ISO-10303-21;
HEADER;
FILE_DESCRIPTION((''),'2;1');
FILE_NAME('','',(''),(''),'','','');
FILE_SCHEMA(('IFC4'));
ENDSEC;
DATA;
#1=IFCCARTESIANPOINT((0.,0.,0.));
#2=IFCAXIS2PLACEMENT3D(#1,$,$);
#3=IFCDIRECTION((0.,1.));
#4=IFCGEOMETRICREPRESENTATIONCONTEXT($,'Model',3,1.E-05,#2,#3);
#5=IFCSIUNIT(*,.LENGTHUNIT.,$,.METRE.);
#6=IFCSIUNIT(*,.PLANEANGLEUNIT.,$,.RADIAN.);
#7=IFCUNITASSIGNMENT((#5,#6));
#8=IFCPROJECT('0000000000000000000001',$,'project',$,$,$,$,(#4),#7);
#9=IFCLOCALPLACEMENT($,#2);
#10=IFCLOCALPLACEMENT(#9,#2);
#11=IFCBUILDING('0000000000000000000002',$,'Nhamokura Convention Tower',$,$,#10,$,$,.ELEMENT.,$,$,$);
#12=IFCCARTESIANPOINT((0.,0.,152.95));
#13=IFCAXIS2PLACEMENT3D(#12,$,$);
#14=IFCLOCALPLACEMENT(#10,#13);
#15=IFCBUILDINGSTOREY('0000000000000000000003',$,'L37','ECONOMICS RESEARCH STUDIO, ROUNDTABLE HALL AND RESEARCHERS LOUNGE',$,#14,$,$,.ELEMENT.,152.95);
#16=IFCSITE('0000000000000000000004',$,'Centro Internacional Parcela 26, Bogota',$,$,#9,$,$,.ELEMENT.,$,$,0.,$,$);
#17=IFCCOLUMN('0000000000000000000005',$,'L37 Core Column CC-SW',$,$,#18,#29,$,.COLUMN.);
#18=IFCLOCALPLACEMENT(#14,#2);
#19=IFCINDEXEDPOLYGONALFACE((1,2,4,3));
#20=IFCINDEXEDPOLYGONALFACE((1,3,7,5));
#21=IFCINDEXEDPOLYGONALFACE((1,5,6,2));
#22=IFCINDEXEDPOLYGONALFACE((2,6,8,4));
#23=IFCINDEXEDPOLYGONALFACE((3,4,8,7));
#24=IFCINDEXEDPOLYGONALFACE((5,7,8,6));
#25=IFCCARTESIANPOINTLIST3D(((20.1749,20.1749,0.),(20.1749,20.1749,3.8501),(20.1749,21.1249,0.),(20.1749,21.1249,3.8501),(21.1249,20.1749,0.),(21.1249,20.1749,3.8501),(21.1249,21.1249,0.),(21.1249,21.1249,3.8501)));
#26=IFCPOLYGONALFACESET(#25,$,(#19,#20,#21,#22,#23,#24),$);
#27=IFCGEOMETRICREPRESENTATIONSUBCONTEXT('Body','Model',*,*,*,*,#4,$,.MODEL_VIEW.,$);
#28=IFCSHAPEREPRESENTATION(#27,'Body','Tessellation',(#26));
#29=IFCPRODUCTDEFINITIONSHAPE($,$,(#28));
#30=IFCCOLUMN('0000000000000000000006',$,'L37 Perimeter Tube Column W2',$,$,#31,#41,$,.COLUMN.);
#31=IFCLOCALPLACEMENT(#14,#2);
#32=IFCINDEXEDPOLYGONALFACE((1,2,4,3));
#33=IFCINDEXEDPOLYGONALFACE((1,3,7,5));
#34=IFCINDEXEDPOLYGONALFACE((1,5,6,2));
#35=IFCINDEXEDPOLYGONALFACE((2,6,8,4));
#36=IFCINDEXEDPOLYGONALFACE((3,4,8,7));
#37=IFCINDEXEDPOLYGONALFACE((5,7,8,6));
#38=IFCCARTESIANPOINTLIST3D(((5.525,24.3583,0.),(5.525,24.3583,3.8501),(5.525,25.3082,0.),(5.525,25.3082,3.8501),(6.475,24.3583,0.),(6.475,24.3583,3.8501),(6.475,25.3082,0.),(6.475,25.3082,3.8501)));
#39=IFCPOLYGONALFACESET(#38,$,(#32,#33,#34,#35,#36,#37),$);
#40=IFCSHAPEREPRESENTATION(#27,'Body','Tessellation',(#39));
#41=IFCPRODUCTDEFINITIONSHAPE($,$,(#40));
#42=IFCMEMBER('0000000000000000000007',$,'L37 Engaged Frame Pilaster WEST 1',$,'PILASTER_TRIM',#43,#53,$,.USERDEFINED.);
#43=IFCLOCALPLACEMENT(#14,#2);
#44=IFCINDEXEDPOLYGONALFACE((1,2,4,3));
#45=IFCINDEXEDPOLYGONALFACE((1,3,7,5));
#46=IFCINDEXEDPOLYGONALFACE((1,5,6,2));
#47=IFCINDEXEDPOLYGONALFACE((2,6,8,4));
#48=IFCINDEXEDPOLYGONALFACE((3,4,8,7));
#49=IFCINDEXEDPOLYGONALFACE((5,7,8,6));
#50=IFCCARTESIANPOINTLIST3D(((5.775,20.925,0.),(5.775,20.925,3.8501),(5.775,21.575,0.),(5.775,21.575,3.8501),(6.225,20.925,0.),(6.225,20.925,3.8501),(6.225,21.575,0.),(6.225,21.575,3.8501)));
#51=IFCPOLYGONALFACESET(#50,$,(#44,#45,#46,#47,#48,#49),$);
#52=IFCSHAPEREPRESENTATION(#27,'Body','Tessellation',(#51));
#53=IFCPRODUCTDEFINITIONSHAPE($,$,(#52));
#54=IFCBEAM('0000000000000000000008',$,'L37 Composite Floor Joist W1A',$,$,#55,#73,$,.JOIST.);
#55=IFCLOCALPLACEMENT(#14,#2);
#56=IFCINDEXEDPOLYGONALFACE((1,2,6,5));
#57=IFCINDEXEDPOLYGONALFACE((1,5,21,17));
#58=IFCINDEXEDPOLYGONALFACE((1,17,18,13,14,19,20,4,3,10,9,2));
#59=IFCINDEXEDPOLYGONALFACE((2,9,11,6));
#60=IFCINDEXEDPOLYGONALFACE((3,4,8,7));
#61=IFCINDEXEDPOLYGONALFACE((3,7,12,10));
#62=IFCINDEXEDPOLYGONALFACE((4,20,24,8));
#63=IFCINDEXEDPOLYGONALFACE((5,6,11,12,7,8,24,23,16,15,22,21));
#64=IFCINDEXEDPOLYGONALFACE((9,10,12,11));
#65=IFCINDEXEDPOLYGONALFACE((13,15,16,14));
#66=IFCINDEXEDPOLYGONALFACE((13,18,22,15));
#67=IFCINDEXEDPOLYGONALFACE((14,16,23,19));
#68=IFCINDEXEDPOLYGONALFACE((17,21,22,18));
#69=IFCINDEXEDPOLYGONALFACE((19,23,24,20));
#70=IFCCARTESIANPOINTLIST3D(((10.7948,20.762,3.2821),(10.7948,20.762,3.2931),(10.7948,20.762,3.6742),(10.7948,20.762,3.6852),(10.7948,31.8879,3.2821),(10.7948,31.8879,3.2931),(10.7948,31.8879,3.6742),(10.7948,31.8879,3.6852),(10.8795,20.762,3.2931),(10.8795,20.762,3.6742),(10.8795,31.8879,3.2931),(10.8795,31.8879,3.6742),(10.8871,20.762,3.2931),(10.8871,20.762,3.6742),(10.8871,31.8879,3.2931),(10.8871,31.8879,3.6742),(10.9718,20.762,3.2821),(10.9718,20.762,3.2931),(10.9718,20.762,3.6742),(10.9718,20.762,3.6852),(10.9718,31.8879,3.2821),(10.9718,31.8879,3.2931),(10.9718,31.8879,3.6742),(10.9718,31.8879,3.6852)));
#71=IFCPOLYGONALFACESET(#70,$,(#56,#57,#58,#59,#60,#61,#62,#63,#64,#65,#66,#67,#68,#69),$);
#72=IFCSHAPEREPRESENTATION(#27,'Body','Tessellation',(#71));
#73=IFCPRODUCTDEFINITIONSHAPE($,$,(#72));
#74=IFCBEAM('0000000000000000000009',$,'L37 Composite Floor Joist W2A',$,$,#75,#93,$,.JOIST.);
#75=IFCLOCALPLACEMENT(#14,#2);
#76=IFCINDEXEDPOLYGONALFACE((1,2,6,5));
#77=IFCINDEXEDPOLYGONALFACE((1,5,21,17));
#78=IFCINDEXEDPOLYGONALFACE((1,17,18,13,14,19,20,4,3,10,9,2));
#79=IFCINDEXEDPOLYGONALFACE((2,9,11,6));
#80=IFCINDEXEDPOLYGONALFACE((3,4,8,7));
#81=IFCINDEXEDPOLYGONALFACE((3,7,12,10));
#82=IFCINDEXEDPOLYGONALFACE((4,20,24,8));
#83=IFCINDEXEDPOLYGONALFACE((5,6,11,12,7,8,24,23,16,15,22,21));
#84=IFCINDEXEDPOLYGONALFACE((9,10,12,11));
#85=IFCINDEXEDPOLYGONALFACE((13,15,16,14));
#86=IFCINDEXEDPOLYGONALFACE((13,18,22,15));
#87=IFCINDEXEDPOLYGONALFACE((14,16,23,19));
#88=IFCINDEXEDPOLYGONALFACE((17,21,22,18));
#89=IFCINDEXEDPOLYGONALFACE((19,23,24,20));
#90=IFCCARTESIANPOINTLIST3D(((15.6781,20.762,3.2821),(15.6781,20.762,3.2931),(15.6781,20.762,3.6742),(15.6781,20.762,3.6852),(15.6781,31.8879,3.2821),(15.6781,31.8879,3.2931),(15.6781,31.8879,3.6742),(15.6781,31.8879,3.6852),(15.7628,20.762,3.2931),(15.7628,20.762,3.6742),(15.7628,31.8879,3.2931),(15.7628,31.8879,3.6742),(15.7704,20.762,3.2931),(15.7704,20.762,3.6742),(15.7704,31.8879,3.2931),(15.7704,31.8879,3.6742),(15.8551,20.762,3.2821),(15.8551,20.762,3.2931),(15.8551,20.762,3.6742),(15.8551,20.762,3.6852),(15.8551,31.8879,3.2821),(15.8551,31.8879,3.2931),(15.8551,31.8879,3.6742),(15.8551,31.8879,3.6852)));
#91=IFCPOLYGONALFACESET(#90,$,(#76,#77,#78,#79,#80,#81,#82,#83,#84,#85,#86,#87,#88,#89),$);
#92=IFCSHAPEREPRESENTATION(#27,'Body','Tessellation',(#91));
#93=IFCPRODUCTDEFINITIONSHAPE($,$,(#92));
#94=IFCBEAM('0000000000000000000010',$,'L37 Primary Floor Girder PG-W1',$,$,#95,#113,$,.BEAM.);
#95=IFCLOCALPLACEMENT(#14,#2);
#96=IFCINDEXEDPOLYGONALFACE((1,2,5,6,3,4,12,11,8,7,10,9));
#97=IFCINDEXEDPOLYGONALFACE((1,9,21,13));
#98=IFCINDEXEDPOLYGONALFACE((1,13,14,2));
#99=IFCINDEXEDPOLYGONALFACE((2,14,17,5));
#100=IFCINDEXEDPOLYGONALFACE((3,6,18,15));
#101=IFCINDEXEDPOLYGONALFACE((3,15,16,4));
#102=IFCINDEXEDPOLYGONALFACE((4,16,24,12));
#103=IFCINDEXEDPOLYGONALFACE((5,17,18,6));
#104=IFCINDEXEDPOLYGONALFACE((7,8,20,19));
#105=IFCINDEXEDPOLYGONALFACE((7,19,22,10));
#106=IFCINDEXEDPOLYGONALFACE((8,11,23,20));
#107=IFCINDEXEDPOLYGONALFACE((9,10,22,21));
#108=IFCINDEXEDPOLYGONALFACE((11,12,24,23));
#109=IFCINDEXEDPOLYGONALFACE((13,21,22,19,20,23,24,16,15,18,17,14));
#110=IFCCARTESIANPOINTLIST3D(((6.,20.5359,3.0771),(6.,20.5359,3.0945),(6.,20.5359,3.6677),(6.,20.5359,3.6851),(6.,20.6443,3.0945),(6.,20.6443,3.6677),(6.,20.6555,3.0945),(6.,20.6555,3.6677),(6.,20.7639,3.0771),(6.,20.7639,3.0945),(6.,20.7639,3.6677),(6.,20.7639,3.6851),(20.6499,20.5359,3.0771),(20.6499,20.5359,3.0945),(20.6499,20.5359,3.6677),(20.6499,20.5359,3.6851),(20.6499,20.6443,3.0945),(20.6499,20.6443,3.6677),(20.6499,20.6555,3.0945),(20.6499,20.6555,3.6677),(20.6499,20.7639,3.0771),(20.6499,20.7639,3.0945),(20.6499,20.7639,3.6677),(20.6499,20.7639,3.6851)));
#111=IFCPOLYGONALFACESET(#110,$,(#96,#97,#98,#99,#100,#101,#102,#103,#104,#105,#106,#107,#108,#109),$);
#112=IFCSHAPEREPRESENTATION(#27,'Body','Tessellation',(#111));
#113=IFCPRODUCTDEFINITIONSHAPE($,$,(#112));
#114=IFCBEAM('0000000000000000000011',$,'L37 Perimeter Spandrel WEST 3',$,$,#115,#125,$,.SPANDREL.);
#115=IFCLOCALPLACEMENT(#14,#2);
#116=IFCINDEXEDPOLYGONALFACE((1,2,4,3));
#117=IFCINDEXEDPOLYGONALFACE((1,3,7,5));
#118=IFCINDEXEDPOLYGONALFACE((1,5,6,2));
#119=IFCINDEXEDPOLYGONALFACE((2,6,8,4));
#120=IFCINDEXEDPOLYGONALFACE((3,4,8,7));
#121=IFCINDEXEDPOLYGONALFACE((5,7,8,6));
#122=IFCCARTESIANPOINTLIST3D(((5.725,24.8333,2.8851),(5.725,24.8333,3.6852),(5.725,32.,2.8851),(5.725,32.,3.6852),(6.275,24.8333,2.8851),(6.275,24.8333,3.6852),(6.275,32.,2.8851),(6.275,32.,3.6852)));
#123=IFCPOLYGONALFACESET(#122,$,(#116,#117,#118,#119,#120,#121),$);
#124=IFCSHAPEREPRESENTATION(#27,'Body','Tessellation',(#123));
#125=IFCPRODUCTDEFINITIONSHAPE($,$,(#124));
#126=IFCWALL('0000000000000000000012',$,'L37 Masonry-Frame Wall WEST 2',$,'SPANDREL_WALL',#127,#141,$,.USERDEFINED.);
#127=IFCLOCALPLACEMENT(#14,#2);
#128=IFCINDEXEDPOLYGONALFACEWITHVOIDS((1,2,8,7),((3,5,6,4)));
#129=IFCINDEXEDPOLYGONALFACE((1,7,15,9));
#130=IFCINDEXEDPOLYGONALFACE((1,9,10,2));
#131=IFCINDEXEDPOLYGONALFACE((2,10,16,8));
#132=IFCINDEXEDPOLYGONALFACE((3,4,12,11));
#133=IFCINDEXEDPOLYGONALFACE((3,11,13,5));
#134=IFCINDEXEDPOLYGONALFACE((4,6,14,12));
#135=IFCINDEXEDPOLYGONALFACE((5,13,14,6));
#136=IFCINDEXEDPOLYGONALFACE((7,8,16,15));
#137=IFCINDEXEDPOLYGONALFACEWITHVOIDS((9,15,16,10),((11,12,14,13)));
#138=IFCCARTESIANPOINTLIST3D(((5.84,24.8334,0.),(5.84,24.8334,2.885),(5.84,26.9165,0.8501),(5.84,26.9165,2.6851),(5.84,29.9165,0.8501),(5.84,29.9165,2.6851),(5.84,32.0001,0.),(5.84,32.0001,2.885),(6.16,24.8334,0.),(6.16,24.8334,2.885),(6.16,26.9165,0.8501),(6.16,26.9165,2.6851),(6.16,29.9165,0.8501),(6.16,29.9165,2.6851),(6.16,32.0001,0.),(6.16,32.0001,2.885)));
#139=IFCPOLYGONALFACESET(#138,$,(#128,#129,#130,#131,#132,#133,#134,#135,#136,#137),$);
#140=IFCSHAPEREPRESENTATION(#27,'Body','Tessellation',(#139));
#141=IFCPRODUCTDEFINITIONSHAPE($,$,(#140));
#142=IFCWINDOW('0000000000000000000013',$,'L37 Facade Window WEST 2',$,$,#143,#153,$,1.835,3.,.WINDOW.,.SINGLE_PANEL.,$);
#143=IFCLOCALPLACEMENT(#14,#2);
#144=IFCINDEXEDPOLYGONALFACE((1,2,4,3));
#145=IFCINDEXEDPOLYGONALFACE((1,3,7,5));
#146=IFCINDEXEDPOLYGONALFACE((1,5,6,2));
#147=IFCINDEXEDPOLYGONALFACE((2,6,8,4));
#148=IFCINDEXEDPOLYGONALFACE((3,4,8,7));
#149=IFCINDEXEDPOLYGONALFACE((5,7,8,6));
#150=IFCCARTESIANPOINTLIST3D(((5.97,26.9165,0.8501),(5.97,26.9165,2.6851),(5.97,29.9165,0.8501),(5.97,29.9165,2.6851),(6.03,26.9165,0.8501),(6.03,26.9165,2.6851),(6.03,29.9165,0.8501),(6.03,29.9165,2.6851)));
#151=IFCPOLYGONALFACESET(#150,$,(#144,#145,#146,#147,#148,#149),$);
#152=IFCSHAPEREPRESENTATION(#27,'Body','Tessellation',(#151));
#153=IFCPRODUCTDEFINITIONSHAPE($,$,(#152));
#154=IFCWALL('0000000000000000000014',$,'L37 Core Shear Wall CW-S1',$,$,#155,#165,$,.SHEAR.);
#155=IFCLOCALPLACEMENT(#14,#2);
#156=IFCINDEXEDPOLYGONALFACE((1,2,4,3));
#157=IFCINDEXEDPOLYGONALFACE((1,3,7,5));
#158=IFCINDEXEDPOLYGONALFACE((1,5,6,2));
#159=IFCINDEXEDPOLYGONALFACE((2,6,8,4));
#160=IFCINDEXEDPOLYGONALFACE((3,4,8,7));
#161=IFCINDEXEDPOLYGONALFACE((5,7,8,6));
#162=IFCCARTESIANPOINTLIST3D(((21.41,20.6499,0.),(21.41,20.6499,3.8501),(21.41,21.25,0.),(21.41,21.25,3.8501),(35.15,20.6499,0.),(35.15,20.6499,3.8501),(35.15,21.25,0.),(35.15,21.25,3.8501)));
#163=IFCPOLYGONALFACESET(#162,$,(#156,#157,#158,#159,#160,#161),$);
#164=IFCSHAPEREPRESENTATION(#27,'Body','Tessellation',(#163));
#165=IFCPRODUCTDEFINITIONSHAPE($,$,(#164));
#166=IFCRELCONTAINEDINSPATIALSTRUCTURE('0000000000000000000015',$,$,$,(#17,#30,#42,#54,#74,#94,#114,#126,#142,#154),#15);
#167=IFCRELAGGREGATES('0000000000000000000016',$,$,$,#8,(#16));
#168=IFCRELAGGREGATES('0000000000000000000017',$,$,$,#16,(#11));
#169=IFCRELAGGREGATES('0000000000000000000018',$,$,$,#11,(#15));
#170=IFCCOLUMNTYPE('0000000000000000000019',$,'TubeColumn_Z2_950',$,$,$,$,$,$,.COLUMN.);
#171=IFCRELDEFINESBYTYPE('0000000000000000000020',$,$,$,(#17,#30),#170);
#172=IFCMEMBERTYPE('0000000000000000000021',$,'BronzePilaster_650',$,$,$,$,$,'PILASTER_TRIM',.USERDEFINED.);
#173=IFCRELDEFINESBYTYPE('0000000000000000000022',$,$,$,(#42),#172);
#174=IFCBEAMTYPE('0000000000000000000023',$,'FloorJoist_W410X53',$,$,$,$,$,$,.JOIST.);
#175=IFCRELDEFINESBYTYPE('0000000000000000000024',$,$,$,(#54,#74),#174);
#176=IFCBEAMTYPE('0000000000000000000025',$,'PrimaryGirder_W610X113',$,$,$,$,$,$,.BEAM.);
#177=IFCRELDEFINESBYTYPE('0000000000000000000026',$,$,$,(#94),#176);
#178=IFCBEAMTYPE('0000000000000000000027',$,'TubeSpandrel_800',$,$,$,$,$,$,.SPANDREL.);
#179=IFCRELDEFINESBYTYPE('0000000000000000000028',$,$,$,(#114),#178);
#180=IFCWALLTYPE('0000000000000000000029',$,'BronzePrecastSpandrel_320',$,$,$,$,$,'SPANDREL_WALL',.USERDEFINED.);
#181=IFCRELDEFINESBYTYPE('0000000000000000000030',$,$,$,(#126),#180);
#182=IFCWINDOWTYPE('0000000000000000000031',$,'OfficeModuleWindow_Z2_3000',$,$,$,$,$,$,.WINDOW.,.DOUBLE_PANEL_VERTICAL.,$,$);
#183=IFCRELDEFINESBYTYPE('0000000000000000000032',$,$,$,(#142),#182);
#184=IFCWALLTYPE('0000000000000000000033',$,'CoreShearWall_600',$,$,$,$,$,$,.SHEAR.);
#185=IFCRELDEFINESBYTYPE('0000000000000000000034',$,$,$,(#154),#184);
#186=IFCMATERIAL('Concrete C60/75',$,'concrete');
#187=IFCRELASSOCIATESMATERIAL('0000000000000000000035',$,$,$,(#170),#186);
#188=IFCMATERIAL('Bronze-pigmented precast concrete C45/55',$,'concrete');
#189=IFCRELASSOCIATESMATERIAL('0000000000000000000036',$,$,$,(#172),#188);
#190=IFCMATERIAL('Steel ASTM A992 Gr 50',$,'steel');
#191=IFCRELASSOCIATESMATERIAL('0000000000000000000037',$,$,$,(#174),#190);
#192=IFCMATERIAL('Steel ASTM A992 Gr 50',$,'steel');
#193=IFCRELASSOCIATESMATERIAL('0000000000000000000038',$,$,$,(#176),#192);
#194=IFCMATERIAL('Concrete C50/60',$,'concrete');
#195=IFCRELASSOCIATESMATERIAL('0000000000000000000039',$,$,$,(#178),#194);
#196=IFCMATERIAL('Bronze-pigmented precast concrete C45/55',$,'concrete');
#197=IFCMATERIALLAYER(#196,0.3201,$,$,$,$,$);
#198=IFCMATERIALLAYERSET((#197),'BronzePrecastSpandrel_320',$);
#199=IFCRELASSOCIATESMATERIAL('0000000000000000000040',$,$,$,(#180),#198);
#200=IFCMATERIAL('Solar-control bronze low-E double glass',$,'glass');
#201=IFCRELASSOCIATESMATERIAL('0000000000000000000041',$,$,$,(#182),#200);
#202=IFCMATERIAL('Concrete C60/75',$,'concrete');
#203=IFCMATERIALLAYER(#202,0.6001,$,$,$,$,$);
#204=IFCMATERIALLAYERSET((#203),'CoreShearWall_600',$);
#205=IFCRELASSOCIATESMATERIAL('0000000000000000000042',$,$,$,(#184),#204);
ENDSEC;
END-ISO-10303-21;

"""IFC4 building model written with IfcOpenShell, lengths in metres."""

from ifc_helpers import new_model, si_unit, direction, frame, frame_2d, origin, origin_2d, place, context, subcontext, project, spatial, rectangle, i_section, extrude, material, layer, layer_set, material_profile, profile_set, type_object, element, fill, save


model = new_model("IFC4")

# Units and contexts
model_context = context("Model", 3, precision=1e-05, world=origin(), true_north=direction((0.0, 1.0)))
body_context = subcontext(model_context, "Body", "Model", "MODEL_VIEW")
ifc_project = project(units=[si_unit("LENGTHUNIT", "METRE"), si_unit("PLANEANGLEUNIT", "RADIAN")], contexts=[model_context])

# Site, building, storey
site_placement = place(None, origin())
site = spatial("IfcSite", under=ifc_project, at=site_placement, Name="Centro Internacional Parcela 26, Bogota", CompositionType="ELEMENT", RefElevation=0.0)
building_placement = place(site_placement, origin())
building = spatial("IfcBuilding", under=site, at=building_placement, Name="Nhamokura Convention Tower", CompositionType="ELEMENT")
storey_placement = place(building_placement, frame((0.0, 0.0, 152.95)))
storey = spatial("IfcBuildingStorey", under=building, at=storey_placement, Name="L37", Description="ECONOMICS RESEARCH STUDIO, ROUNDTABLE HALL AND RESEARCHERS LOUNGE", CompositionType="ELEMENT", Elevation=152.95)

# Columns
ifc_material_1 = material(Name="Concrete C60/75", Category="concrete")
ifc_material_profile_1 = material_profile(ifc_material_1, rectangle(XDim=0.95, YDim=0.95, at=origin_2d()))
ifc_profile_set_1 = profile_set([ifc_material_profile_1], Name="Concrete C60/75")
column_type = type_object("IfcColumnType", Name="TubeColumn_Z2_950", PredefinedType="COLUMN", material=ifc_profile_set_1)
for number, where, z_axis, x_axis, name in (
    (1, (20.6499, 20.6499, 0.0), (0.0, 0.0, 1.0), (1.0, 0.0, 0.0), "L37 Core Column CC-SW"),
    (2, (6.0, 24.8333, 0.0), (0.0, 0.0, 1.0), (1.0, 0.0, 0.0), "L37 Perimeter Tube Column W2"),
):
    element("IfcColumn", number, at=place(storey_placement, frame(where, z_axis=z_axis, x_axis=x_axis)), inside=storey, type_object=column_type, Name=name, PredefinedType="COLUMN", context=body_context, shape_type="SweptSolid", body=[
        extrude(rectangle(XDim=0.95, YDim=0.95, at=origin_2d()), origin(), (0.0, 0.0, 1.0), 3.8501),
    ])

# Member
ifc_material_2 = material(Name="Bronze-pigmented precast concrete C45/55", Category="concrete")
ifc_material_profile_2 = material_profile(ifc_material_2, rectangle(XDim=0.45, YDim=0.6499, at=origin_2d()))
ifc_profile_set_2 = profile_set([ifc_material_profile_2], Name="Bronze-pigmented precast concrete C45/55")
member_type = type_object("IfcMemberType", Name="BronzePilaster_650", ElementType="PILASTER_TRIM", PredefinedType="USERDEFINED", material=ifc_profile_set_2)
member_placement = place(storey_placement, frame((6.0, 21.25, 0.0), z_axis=(0.0, 0.0, 1.0), x_axis=(1.0, 0.0, 0.0)))
element("IfcMember", 3, at=member_placement, inside=storey, type_object=member_type, Name="L37 Engaged Frame Pilaster WEST 1", ObjectType="PILASTER_TRIM", PredefinedType="USERDEFINED", context=body_context, shape_type="SweptSolid", body=[
    extrude(rectangle(XDim=0.45, YDim=0.6499, at=origin_2d()), origin(), (0.0, 0.0, 1.0), 3.8501),
])

# Beams
ifc_material_3 = material(Name="Steel ASTM A992 Gr 50", Category="steel")
ifc_material_profile_3 = material_profile(ifc_material_3, i_section(OverallWidth=0.177, OverallDepth=0.4031, WebThickness=0.0076, FlangeThickness=0.011, at=origin_2d()))
ifc_profile_set_3 = profile_set([ifc_material_profile_3], Name="Steel ASTM A992 Gr 50")
beam_type_1 = type_object("IfcBeamType", Name="FloorJoist_W410X53", PredefinedType="JOIST", material=ifc_profile_set_3)
for number, where, z_axis, x_axis, name in (
    (4, (10.8833, 20.762, 3.4836), (0.0, 1.0, 0.0), (-1.0, 0.0, 0.0), "L37 Composite Floor Joist W1A"),
    (5, (15.7666, 20.762, 3.4836), (0.0, 1.0, 0.0), (-1.0, 0.0, 0.0), "L37 Composite Floor Joist W2A"),
):
    element("IfcBeam", number, at=place(storey_placement, frame(where, z_axis=z_axis, x_axis=x_axis)), inside=storey, type_object=beam_type_1, Name=name, PredefinedType="JOIST", context=body_context, shape_type="SweptSolid", body=[
        extrude(i_section(OverallWidth=0.177, OverallDepth=0.4031, WebThickness=0.0076, FlangeThickness=0.011, at=origin_2d()), origin(), (0.0, 0.0, 1.0), 11.126),
    ])
ifc_material_4 = material(Name="Steel ASTM A992 Gr 50", Category="steel")
ifc_material_profile_4 = material_profile(ifc_material_4, i_section(OverallWidth=0.228, OverallDepth=0.6079, WebThickness=0.0112, FlangeThickness=0.0173, at=origin_2d()))
ifc_profile_set_4 = profile_set([ifc_material_profile_4], Name="Steel ASTM A992 Gr 50")
beam_type_2 = type_object("IfcBeamType", Name="PrimaryGirder_W610X113", PredefinedType="BEAM", material=ifc_profile_set_4)
beam_1_placement = place(storey_placement, frame((6.0, 20.6499, 3.3811), z_axis=(1.0, 0.0, 0.0), x_axis=(0.0, 1.0, 0.0)))
element("IfcBeam", 6, at=beam_1_placement, inside=storey, type_object=beam_type_2, Name="L37 Primary Floor Girder PG-W1", PredefinedType="BEAM", context=body_context, shape_type="SweptSolid", body=[
    extrude(i_section(OverallWidth=0.228, OverallDepth=0.6079, WebThickness=0.0112, FlangeThickness=0.0173, at=origin_2d()), origin(), (0.0, 0.0, 1.0), 14.6499),
])
ifc_material_5 = material(Name="Concrete C50/60", Category="concrete")
ifc_material_profile_5 = material_profile(ifc_material_5, rectangle(XDim=0.55, YDim=0.8, at=origin_2d()))
ifc_profile_set_5 = profile_set([ifc_material_profile_5], Name="Concrete C50/60")
beam_type_3 = type_object("IfcBeamType", Name="TubeSpandrel_800", PredefinedType="SPANDREL", material=ifc_profile_set_5)
beam_2_placement = place(storey_placement, frame((6.0, 24.8333, 3.2852), z_axis=(0.0, 1.0, 0.0), x_axis=(-1.0, 0.0, 0.0)))
element("IfcBeam", 7, at=beam_2_placement, inside=storey, type_object=beam_type_3, Name="L37 Perimeter Spandrel WEST 3", PredefinedType="SPANDREL", context=body_context, shape_type="SweptSolid", body=[
    extrude(rectangle(XDim=0.55, YDim=0.8, at=origin_2d()), origin(), (0.0, 0.0, 1.0), 7.1667),
])

# Wall, opening, window
ifc_material_6 = material(Name="Bronze-pigmented precast concrete C45/55", Category="concrete")
ifc_layer_1 = layer(ifc_material_6, 0.3201)
ifc_layer_set_1 = layer_set([ifc_layer_1], Name="BronzePrecastSpandrel_320")
wall_type_1 = type_object("IfcWallType", Name="BronzePrecastSpandrel_320", ElementType="SPANDREL_WALL", PredefinedType="USERDEFINED", material=ifc_layer_set_1)
wall_1_placement = place(storey_placement, frame((6.0, 24.8333, 0.0), z_axis=(0.0, 0.0, 1.0), x_axis=(0.0, 1.0, 0.0)))
wall_1 = element("IfcWall", 8, at=wall_1_placement, inside=storey, type_object=wall_type_1, Name="L37 Masonry-Frame Wall WEST 2", ObjectType="SPANDREL_WALL", PredefinedType="USERDEFINED", context=body_context, shape_type="SweptSolid", body=[
    extrude(rectangle(XDim=7.1667, YDim=0.3201, at=frame_2d((3.5835, 0.0))), origin(), (0.0, 0.0, 1.0), 2.885),
])
opening_1_placement = place(wall_1_placement, frame((2.0833, 0.0, 0.8501)))
opening_1 = element("IfcOpeningElement", 9, at=opening_1_placement, cuts=wall_1, PredefinedType="OPENING", context=body_context, shape_type="SweptSolid", body=[
    extrude(rectangle(XDim=3.0, YDim=1.835, at=frame_2d((1.5, 0.9175))), frame((0.0, 0.1699, 0.0), z_axis=(0.0, -1.0, 0.0), x_axis=(1.0, 0.0, 0.0)), (0.0, 0.0, 1.0), 0.3401),
])
ifc_material_7 = material(Name="Solar-control bronze low-E double glass", Category="glass")
window_type = type_object("IfcWindowType", Name="OfficeModuleWindow_Z2_3000", PartitioningType="DOUBLE_PANEL_VERTICAL", PredefinedType="WINDOW", material=ifc_material_7)
window_placement = place(opening_1_placement, origin())
window = element("IfcWindow", 10, at=window_placement, inside=storey, type_object=window_type, Name="L37 Facade Window WEST 2", OverallHeight=1.835, OverallWidth=3.0, PartitioningType="SINGLE_PANEL", PredefinedType="WINDOW", context=body_context, shape_type="SweptSolid", body=[
    extrude(rectangle(XDim=3.0, YDim=1.835, at=frame_2d((1.5, 0.9175))), frame((0.0, 0.03, 0.0), z_axis=(0.0, -1.0, 0.0), x_axis=(1.0, 0.0, 0.0)), (0.0, 0.0, 1.0), 0.0601),
])
fill(opening_1, window)

# Shared definitions
ifc_material_8 = material(Name="Concrete C60/75", Category="concrete")
ifc_layer_2 = layer(ifc_material_8, 0.6001)
ifc_layer_set_2 = layer_set([ifc_layer_2], Name="CoreShearWall_600")
wall_type_2 = type_object("IfcWallType", Name="CoreShearWall_600", PredefinedType="SHEAR", material=ifc_layer_set_2)

# Wall
wall_2_placement = place(storey_placement, frame((21.4099, 20.95, 0.0), z_axis=(0.0, 0.0, 1.0), x_axis=(1.0, 0.0, 0.0)))
element("IfcWall", 11, at=wall_2_placement, inside=storey, type_object=wall_type_2, Name="L37 Core Shear Wall CW-S1", PredefinedType="SHEAR", context=body_context, shape_type="SweptSolid", body=[
    extrude(rectangle(XDim=13.74, YDim=0.6001, at=frame_2d((6.8701, 0.0))), origin(), (0.0, 0.0, 1.0), 3.8501),
])

save(model, "model.ifc")
